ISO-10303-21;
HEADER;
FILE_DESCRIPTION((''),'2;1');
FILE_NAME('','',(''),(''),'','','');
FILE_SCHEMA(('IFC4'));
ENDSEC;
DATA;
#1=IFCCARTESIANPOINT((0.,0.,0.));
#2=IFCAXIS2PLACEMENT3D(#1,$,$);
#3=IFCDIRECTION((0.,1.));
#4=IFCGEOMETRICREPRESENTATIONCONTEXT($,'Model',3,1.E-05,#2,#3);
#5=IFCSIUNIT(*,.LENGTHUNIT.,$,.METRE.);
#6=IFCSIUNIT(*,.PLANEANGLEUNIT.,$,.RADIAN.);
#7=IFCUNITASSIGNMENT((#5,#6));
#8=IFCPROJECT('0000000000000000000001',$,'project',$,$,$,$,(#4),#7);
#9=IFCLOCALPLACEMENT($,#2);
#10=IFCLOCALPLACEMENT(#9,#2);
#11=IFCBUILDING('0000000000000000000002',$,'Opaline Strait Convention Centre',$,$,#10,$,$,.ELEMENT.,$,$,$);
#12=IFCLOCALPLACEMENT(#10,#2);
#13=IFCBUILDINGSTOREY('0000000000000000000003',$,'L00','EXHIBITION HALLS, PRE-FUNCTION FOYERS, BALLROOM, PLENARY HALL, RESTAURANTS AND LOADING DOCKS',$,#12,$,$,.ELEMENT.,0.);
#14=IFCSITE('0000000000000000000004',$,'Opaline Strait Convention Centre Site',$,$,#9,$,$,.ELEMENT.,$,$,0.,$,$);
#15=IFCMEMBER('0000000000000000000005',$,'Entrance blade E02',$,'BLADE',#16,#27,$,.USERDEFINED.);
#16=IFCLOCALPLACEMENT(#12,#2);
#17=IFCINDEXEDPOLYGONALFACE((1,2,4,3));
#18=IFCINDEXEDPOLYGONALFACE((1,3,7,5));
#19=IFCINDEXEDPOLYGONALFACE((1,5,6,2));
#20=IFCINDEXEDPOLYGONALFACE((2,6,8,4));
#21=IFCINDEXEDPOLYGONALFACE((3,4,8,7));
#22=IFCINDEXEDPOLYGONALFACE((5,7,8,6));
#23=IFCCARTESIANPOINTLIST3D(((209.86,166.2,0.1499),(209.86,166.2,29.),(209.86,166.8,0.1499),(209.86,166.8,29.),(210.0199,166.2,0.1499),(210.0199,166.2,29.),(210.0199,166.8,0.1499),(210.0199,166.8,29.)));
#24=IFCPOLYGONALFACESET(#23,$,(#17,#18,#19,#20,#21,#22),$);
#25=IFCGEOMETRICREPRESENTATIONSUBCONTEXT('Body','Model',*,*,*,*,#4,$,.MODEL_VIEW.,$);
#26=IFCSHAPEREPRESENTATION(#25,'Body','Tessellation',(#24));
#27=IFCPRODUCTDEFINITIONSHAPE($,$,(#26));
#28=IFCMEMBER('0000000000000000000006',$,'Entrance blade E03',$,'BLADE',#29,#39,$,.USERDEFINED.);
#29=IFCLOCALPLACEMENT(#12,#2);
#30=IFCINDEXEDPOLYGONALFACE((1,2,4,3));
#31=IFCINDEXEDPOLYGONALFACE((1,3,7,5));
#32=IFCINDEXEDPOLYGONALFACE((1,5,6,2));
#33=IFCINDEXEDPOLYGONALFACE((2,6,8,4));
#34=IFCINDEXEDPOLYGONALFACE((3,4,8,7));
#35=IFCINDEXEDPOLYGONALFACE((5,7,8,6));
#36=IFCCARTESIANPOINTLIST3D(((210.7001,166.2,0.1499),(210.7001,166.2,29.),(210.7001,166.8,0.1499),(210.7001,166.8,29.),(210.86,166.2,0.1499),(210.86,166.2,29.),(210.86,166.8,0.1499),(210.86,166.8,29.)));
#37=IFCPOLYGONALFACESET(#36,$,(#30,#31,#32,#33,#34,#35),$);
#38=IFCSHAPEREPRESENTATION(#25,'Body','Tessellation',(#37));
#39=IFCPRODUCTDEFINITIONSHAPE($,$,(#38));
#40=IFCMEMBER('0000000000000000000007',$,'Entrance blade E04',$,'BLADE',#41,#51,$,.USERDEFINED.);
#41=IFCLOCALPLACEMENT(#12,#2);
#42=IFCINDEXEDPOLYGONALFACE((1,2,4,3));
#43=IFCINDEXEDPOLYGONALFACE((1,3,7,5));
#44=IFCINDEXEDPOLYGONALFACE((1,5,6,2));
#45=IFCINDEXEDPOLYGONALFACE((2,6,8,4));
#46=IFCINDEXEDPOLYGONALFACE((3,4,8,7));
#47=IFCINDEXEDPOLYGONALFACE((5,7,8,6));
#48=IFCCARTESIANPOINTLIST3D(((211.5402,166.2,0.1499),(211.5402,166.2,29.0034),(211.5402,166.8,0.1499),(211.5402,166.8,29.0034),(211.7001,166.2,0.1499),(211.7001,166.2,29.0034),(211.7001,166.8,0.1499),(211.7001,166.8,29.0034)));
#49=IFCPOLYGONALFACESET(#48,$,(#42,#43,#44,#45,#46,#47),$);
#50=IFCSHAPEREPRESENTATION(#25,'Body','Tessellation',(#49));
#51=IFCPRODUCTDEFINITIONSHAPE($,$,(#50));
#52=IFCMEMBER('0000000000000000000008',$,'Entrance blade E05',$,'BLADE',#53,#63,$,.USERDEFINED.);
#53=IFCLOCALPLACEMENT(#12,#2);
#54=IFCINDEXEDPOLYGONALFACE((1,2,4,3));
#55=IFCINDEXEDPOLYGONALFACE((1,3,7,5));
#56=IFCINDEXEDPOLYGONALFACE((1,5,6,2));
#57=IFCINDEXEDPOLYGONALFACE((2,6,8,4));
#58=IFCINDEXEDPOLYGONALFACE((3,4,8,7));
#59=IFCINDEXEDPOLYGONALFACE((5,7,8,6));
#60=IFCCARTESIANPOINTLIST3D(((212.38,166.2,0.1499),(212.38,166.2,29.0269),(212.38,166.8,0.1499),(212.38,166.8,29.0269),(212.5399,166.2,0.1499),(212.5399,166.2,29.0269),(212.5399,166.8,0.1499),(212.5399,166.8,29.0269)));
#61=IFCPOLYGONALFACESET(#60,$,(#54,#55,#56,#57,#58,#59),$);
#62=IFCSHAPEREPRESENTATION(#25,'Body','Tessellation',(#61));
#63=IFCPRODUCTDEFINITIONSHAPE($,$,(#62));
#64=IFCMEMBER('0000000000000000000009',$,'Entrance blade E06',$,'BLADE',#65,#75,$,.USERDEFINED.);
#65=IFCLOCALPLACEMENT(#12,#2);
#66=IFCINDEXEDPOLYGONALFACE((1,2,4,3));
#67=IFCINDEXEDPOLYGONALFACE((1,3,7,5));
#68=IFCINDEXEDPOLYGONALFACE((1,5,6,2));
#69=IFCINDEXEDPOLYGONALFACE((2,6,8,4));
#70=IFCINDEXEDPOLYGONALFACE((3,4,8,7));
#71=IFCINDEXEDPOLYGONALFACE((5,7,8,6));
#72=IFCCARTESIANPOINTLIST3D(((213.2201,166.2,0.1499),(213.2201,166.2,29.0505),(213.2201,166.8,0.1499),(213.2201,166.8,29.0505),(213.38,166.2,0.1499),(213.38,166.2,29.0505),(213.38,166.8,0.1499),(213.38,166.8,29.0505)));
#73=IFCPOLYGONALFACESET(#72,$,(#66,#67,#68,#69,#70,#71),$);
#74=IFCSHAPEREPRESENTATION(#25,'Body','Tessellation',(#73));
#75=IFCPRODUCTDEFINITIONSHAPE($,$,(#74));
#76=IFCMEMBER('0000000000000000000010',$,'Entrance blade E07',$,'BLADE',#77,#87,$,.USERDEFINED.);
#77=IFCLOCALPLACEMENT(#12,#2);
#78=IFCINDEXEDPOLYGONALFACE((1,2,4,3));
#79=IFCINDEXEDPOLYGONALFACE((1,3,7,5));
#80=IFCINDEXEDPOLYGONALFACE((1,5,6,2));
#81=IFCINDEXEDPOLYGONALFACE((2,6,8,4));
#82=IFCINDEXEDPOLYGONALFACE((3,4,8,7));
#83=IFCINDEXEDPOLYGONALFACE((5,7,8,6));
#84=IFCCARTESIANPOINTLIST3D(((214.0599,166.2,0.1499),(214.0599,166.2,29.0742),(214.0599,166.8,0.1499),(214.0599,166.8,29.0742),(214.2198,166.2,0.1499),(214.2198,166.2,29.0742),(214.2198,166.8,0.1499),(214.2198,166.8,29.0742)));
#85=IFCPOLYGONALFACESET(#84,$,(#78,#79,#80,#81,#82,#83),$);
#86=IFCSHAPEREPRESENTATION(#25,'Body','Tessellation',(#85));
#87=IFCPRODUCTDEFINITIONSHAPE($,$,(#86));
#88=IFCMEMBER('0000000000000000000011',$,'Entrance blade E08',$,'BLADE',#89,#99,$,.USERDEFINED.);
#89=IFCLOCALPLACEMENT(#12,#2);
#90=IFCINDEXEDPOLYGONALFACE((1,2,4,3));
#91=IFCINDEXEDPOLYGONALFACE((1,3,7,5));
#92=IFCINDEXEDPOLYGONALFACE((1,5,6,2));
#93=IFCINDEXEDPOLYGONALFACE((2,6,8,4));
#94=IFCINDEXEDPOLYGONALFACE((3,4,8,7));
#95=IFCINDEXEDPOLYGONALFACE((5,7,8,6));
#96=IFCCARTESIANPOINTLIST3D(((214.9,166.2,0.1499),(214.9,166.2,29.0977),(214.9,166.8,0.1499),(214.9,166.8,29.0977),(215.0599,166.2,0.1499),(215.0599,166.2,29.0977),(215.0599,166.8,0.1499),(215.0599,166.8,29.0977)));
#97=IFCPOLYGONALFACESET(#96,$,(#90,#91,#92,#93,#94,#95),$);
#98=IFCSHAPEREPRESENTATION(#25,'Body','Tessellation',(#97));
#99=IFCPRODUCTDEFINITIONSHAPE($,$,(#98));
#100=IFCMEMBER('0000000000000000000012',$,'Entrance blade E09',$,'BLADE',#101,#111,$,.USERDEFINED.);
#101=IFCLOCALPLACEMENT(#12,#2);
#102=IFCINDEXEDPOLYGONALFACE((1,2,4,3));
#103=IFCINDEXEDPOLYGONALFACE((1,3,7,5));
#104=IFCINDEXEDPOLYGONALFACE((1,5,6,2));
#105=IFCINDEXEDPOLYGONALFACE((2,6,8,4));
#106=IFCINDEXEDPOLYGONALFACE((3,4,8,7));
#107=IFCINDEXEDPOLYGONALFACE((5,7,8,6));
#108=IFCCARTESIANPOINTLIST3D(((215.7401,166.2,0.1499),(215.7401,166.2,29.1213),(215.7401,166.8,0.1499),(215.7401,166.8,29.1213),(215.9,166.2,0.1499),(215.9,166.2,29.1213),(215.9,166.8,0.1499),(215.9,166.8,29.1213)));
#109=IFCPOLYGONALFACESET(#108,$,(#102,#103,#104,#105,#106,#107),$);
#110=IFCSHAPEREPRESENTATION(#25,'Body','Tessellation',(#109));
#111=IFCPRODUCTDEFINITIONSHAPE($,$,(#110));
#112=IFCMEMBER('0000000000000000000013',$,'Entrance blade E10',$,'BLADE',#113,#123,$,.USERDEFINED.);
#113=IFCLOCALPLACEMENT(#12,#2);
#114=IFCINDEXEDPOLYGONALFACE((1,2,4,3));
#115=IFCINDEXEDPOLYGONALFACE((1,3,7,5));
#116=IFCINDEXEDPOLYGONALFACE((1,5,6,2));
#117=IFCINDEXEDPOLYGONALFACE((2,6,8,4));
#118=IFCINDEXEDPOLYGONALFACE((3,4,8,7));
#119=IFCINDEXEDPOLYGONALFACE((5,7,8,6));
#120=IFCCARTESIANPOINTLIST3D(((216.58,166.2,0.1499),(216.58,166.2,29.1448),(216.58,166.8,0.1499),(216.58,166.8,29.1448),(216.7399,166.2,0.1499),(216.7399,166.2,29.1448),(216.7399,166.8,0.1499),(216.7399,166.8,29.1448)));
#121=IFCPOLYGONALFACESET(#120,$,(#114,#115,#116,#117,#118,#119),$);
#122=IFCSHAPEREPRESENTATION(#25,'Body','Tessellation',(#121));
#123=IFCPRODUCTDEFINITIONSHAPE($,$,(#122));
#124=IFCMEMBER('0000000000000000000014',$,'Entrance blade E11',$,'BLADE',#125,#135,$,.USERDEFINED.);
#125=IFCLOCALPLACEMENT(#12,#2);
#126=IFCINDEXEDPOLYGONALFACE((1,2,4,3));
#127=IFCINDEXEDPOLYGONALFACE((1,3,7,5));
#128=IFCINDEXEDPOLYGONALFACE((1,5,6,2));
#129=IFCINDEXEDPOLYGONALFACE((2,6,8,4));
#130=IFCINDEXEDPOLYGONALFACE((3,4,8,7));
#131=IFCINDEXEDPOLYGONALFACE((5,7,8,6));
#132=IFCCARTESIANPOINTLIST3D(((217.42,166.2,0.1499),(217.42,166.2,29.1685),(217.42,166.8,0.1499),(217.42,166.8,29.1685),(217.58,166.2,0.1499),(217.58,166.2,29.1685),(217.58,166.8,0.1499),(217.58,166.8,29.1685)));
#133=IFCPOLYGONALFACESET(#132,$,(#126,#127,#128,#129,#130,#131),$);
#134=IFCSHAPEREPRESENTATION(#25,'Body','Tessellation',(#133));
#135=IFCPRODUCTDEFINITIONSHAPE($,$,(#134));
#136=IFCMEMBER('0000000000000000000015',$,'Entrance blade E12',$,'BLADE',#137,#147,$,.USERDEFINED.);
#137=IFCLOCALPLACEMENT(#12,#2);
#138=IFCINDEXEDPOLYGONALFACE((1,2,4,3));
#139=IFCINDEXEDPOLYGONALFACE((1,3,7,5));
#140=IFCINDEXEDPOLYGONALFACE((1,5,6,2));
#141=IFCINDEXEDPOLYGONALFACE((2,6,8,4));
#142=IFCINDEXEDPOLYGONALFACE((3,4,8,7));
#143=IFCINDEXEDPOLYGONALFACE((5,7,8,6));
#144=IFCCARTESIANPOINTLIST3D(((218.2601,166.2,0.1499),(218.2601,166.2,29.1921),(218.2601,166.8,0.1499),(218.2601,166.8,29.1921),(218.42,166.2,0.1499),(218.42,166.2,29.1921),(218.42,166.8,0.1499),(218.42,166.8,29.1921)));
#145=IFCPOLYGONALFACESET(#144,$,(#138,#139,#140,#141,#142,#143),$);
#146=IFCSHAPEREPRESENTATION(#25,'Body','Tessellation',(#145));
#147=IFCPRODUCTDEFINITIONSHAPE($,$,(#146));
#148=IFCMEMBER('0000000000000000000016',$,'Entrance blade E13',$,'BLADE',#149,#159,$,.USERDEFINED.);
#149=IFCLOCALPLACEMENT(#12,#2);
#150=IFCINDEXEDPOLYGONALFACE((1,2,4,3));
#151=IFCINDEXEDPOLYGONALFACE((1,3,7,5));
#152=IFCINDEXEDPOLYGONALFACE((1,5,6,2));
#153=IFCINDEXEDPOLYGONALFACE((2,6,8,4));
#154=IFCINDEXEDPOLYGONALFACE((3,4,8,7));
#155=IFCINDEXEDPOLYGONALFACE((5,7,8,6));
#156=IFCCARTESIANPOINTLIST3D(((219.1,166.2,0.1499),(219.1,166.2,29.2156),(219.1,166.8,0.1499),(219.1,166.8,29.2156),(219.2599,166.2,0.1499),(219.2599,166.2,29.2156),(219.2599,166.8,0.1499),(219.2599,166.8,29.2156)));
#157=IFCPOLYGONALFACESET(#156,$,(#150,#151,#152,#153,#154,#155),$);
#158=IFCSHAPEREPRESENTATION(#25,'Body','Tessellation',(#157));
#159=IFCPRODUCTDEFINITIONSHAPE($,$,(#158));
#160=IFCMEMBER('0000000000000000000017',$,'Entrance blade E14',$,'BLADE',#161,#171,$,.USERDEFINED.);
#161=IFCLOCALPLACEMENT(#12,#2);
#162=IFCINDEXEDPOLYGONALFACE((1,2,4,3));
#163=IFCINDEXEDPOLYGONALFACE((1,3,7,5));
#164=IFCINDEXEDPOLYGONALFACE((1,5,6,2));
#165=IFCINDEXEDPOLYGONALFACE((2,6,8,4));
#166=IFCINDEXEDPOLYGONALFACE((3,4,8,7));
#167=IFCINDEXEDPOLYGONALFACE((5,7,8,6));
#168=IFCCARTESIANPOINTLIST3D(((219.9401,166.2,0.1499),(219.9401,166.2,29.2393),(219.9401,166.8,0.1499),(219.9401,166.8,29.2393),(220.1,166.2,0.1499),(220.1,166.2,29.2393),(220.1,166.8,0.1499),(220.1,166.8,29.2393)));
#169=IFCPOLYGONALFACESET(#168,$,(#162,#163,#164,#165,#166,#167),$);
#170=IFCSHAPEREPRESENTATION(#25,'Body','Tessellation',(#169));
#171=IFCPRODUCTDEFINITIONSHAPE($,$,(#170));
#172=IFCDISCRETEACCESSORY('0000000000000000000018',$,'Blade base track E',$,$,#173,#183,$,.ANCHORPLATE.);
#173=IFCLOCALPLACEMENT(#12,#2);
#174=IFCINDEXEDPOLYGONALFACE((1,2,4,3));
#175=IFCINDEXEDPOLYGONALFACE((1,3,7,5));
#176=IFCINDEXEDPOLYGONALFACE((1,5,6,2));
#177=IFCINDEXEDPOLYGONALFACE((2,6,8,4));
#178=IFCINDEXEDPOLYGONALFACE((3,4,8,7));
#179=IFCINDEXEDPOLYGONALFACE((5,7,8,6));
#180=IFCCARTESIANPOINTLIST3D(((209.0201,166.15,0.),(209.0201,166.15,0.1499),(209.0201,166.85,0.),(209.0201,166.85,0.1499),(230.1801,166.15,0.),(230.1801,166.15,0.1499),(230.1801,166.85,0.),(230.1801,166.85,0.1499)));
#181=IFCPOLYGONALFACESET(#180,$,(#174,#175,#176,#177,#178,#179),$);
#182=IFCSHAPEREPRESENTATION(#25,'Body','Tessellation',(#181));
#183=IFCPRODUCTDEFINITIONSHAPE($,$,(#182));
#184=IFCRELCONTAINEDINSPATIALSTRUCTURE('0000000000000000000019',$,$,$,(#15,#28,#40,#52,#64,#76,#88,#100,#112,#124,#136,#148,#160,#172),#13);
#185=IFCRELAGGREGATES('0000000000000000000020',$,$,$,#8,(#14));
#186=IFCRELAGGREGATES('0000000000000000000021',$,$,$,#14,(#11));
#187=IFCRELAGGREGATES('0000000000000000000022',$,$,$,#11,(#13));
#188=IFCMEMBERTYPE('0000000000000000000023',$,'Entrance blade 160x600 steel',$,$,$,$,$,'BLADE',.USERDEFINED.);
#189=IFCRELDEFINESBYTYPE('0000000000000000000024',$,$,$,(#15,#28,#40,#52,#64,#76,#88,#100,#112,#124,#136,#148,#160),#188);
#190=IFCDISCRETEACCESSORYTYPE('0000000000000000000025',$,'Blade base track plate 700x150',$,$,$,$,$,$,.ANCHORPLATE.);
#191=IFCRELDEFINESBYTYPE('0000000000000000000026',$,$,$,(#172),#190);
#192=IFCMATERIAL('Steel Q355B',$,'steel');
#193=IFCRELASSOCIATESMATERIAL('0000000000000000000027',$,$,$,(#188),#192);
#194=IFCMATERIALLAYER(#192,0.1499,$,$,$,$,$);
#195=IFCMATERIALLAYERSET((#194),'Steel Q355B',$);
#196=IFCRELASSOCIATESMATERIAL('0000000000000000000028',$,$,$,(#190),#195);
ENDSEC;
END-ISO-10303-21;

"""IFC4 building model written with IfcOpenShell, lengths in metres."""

from ifc_helpers import new_model, si_unit, direction, frame, origin, origin_2d, place, context, subcontext, project, spatial, rectangle, extrude, material, layer, layer_set, material_profile, profile_set, type_object, element, save


model = new_model("IFC4")

# Units and contexts
model_context = context("Model", 3, precision=1e-05, world=origin(), true_north=direction((0.0, 1.0)))
body_context = subcontext(model_context, "Body", "Model", "MODEL_VIEW")
ifc_project = project(units=[si_unit("LENGTHUNIT", "METRE"), si_unit("PLANEANGLEUNIT", "RADIAN")], contexts=[model_context])

# Site, building, storey
site_placement = place(None, origin())
site = spatial("IfcSite", under=ifc_project, at=site_placement, Name="Opaline Strait Convention Centre Site", CompositionType="ELEMENT", RefElevation=0.0)
building_placement = place(site_placement, origin())
building = spatial("IfcBuilding", under=site, at=building_placement, Name="Opaline Strait Convention Centre", CompositionType="ELEMENT")
storey_placement = place(building_placement, origin())
storey = spatial("IfcBuildingStorey", under=building, at=storey_placement, Name="L00", Description="EXHIBITION HALLS, PRE-FUNCTION FOYERS, BALLROOM, PLENARY HALL, RESTAURANTS AND LOADING DOCKS", CompositionType="ELEMENT", Elevation=0.0)

# Members
ifc_material_1 = material(Name="Steel Q355B", Category="steel")
ifc_material_profile_1 = material_profile(ifc_material_1, rectangle(XDim=0.1599, YDim=0.6001, at=origin_2d()), Name="BAR 160x600")
ifc_profile_set_1 = profile_set([ifc_material_profile_1], Name="Steel Q355B")
member_type = type_object("IfcMemberType", Name="Entrance blade 160x600 steel", ElementType="BLADE", PredefinedType="USERDEFINED", material=ifc_profile_set_1)
for number, where, z_axis, x_axis, name in (
    (1, (209.9399, 166.5, 0.1499), (0.0, 0.0, 1.0), (1.0, 0.0, 0.0), "Entrance blade E02"),
    (2, (210.78, 166.5, 0.1499), (0.0, 0.0, 1.0), (1.0, 0.0, 0.0), "Entrance blade E03"),
):
    element("IfcMember", number, at=place(storey_placement, frame(where, z_axis=z_axis, x_axis=x_axis)), inside=storey, type_object=member_type, Name=name, ObjectType="BLADE", PredefinedType="USERDEFINED", context=body_context, shape_type="SweptSolid", body=[
        extrude(rectangle(XDim=0.1599, YDim=0.6001, at=origin_2d()), origin(), (0.0, 0.0, 1.0), 28.8501),
    ])
member_1_placement = place(storey_placement, frame((211.6201, 166.5, 0.1499), z_axis=(0.0, 0.0, 1.0), x_axis=(1.0, 0.0, 0.0)))
element("IfcMember", 3, at=member_1_placement, inside=storey, type_object=member_type, Name="Entrance blade E04", ObjectType="BLADE", PredefinedType="USERDEFINED", context=body_context, shape_type="SweptSolid", body=[
    extrude(rectangle(XDim=0.1599, YDim=0.6001, at=origin_2d()), origin(), (0.0, 0.0, 1.0), 28.8535),
])
member_2_placement = place(storey_placement, frame((212.46, 166.5, 0.1499), z_axis=(0.0, 0.0, 1.0), x_axis=(1.0, 0.0, 0.0)))
element("IfcMember", 4, at=member_2_placement, inside=storey, type_object=member_type, Name="Entrance blade E05", ObjectType="BLADE", PredefinedType="USERDEFINED", context=body_context, shape_type="SweptSolid", body=[
    extrude(rectangle(XDim=0.1599, YDim=0.6001, at=origin_2d()), origin(), (0.0, 0.0, 1.0), 28.877),
])
member_3_placement = place(storey_placement, frame((213.3, 166.5, 0.1499), z_axis=(0.0, 0.0, 1.0), x_axis=(1.0, 0.0, 0.0)))
element("IfcMember", 5, at=member_3_placement, inside=storey, type_object=member_type, Name="Entrance blade E06", ObjectType="BLADE", PredefinedType="USERDEFINED", context=body_context, shape_type="SweptSolid", body=[
    extrude(rectangle(XDim=0.1599, YDim=0.6001, at=origin_2d()), origin(), (0.0, 0.0, 1.0), 28.9006),
])
member_4_placement = place(storey_placement, frame((214.1399, 166.5, 0.1499), z_axis=(0.0, 0.0, 1.0), x_axis=(1.0, 0.0, 0.0)))
element("IfcMember", 6, at=member_4_placement, inside=storey, type_object=member_type, Name="Entrance blade E07", ObjectType="BLADE", PredefinedType="USERDEFINED", context=body_context, shape_type="SweptSolid", body=[
    extrude(rectangle(XDim=0.1599, YDim=0.6001, at=origin_2d()), origin(), (0.0, 0.0, 1.0), 28.9243),
])
member_5_placement = place(storey_placement, frame((214.98, 166.5, 0.1499), z_axis=(0.0, 0.0, 1.0), x_axis=(1.0, 0.0, 0.0)))
element("IfcMember", 7, at=member_5_placement, inside=storey, type_object=member_type, Name="Entrance blade E08", ObjectType="BLADE", PredefinedType="USERDEFINED", context=body_context, shape_type="SweptSolid", body=[
    extrude(rectangle(XDim=0.1599, YDim=0.6001, at=origin_2d()), origin(), (0.0, 0.0, 1.0), 28.9478),
])
member_6_placement = place(storey_placement, frame((215.8201, 166.5, 0.1499), z_axis=(0.0, 0.0, 1.0), x_axis=(1.0, 0.0, 0.0)))
element("IfcMember", 8, at=member_6_placement, inside=storey, type_object=member_type, Name="Entrance blade E09", ObjectType="BLADE", PredefinedType="USERDEFINED", context=body_context, shape_type="SweptSolid", body=[
    extrude(rectangle(XDim=0.1599, YDim=0.6001, at=origin_2d()), origin(), (0.0, 0.0, 1.0), 28.9714),
])
member_7_placement = place(storey_placement, frame((216.6599, 166.5, 0.1499), z_axis=(0.0, 0.0, 1.0), x_axis=(1.0, 0.0, 0.0)))
element("IfcMember", 9, at=member_7_placement, inside=storey, type_object=member_type, Name="Entrance blade E10", ObjectType="BLADE", PredefinedType="USERDEFINED", context=body_context, shape_type="SweptSolid", body=[
    extrude(rectangle(XDim=0.1599, YDim=0.6001, at=origin_2d()), origin(), (0.0, 0.0, 1.0), 28.9949),
])
member_8_placement = place(storey_placement, frame((217.5, 166.5, 0.1499), z_axis=(0.0, 0.0, 1.0), x_axis=(1.0, 0.0, 0.0)))
element("IfcMember", 10, at=member_8_placement, inside=storey, type_object=member_type, Name="Entrance blade E11", ObjectType="BLADE", PredefinedType="USERDEFINED", context=body_context, shape_type="SweptSolid", body=[
    extrude(rectangle(XDim=0.1599, YDim=0.6001, at=origin_2d()), origin(), (0.0, 0.0, 1.0), 29.0186),
])
member_9_placement = place(storey_placement, frame((218.3401, 166.5, 0.1499), z_axis=(0.0, 0.0, 1.0), x_axis=(1.0, 0.0, 0.0)))
element("IfcMember", 11, at=member_9_placement, inside=storey, type_object=member_type, Name="Entrance blade E12", ObjectType="BLADE", PredefinedType="USERDEFINED", context=body_context, shape_type="SweptSolid", body=[
    extrude(rectangle(XDim=0.1599, YDim=0.6001, at=origin_2d()), origin(), (0.0, 0.0, 1.0), 29.0422),
])
member_10_placement = place(storey_placement, frame((219.1799, 166.5, 0.1499), z_axis=(0.0, 0.0, 1.0), x_axis=(1.0, 0.0, 0.0)))
element("IfcMember", 12, at=member_10_placement, inside=storey, type_object=member_type, Name="Entrance blade E13", ObjectType="BLADE", PredefinedType="USERDEFINED", context=body_context, shape_type="SweptSolid", body=[
    extrude(rectangle(XDim=0.1599, YDim=0.6001, at=origin_2d()), origin(), (0.0, 0.0, 1.0), 29.0657),
])
member_11_placement = place(storey_placement, frame((220.02, 166.5, 0.1499), z_axis=(0.0, 0.0, 1.0), x_axis=(1.0, 0.0, 0.0)))
element("IfcMember", 13, at=member_11_placement, inside=storey, type_object=member_type, Name="Entrance blade E14", ObjectType="BLADE", PredefinedType="USERDEFINED", context=body_context, shape_type="SweptSolid", body=[
    extrude(rectangle(XDim=0.1599, YDim=0.6001, at=origin_2d()), origin(), (0.0, 0.0, 1.0), 29.0894),
])

# Discrete accessory
ifc_layer = layer(ifc_material_1, 0.1499)
ifc_layer_set = layer_set([ifc_layer], Name="Steel Q355B")
discrete_accessory_type = type_object("IfcDiscreteAccessoryType", Name="Blade base track plate 700x150", PredefinedType="ANCHORPLATE", material=ifc_layer_set)
discrete_accessory_placement = place(storey_placement, frame((219.6001, 166.5, 0.0), z_axis=(0.0, 0.0, 1.0), x_axis=(1.0, 0.0, 0.0)))
element("IfcDiscreteAccessory", 14, at=discrete_accessory_placement, inside=storey, type_object=discrete_accessory_type, Name="Blade base track E", PredefinedType="ANCHORPLATE", context=body_context, shape_type="SweptSolid", body=[
    extrude(rectangle(XDim=21.1599, YDim=0.7, at=origin_2d()), origin(), (0.0, 0.0, 1.0), 0.1499),
])

save(model, "model.ifc")
